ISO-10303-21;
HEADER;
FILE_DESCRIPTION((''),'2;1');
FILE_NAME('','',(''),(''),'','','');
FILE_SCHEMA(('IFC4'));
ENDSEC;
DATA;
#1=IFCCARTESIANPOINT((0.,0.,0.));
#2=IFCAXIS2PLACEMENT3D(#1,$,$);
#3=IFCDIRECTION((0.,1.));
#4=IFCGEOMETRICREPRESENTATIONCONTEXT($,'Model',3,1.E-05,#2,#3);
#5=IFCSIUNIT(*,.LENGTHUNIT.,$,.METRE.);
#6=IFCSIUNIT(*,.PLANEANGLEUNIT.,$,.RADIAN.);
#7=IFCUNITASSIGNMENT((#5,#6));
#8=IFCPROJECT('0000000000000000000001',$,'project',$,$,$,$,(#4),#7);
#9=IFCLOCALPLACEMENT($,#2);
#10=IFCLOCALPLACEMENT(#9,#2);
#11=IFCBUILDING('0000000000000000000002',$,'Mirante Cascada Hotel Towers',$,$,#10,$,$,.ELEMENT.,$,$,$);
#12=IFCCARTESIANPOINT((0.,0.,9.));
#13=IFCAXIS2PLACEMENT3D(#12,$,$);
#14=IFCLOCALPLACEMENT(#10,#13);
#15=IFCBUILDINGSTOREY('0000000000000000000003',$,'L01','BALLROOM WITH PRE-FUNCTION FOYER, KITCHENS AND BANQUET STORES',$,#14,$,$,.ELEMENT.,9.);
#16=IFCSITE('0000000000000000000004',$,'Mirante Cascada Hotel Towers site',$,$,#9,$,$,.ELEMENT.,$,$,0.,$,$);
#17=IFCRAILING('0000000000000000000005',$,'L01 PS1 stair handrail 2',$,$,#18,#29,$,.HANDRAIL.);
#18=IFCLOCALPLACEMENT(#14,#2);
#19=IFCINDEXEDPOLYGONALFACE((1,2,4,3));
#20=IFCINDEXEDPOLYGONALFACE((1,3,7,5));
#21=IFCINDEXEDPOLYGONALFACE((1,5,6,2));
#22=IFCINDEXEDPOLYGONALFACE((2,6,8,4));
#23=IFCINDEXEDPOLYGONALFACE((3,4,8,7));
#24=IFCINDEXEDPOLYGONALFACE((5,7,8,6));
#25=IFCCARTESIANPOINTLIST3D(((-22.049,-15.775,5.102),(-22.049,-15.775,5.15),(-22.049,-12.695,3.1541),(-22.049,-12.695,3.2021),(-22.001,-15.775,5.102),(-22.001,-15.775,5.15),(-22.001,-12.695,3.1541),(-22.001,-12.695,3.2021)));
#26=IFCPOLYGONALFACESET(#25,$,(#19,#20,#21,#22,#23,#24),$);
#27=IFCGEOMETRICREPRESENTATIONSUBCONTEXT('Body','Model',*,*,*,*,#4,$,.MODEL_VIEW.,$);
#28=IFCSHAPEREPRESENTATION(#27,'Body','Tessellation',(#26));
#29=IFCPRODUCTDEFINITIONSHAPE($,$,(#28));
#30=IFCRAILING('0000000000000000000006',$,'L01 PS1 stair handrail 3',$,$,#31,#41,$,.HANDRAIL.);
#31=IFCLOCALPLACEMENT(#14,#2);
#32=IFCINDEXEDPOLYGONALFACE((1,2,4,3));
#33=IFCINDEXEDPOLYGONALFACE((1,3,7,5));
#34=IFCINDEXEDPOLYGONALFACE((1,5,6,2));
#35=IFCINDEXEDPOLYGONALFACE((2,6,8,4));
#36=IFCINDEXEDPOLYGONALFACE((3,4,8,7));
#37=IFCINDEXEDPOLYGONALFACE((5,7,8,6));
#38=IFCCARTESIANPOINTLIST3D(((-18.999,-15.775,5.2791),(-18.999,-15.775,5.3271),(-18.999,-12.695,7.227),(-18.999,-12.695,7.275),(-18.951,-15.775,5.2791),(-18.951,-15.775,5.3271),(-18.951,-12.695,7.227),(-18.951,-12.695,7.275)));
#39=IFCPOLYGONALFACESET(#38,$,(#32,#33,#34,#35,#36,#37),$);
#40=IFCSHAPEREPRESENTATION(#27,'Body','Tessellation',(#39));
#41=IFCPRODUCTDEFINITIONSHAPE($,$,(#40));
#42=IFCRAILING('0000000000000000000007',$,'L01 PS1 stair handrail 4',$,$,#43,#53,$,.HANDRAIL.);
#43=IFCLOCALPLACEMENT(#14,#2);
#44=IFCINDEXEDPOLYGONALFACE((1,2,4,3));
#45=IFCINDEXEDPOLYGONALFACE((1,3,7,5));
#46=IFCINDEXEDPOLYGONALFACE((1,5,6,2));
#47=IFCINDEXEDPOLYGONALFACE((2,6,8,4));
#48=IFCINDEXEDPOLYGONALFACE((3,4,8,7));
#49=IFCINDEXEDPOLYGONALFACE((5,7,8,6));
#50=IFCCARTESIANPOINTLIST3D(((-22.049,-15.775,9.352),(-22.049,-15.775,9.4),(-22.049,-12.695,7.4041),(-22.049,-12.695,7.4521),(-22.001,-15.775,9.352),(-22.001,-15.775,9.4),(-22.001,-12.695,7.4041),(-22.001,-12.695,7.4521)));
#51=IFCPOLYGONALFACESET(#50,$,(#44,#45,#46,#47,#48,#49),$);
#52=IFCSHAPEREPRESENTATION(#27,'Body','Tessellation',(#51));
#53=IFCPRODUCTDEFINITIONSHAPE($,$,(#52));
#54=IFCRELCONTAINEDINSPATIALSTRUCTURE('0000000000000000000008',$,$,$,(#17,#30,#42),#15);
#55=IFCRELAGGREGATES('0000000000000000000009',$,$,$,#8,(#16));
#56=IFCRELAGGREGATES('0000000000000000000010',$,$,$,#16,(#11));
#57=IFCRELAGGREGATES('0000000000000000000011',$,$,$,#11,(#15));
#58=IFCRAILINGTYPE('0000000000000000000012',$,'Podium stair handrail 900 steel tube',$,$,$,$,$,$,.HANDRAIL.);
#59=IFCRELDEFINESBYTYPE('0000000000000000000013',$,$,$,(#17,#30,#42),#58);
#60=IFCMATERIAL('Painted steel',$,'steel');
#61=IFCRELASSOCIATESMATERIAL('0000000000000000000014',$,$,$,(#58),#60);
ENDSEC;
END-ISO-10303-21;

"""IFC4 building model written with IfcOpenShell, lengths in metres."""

from ifc_helpers import new_model, si_unit, direction, frame, origin, origin_2d, place, context, subcontext, project, spatial, rectangle, extrude, material, type_object, element, save


model = new_model("IFC4")

# Units and contexts
model_context = context("Model", 3, precision=1e-05, world=origin(), true_north=direction((0.0, 1.0)))
body_context = subcontext(model_context, "Body", "Model", "MODEL_VIEW")
ifc_project = project(units=[si_unit("LENGTHUNIT", "METRE"), si_unit("PLANEANGLEUNIT", "RADIAN")], contexts=[model_context])

# Site, building, storey
site_placement = place(None, origin())
site = spatial("IfcSite", under=ifc_project, at=site_placement, Name="Mirante Cascada Hotel Towers site", CompositionType="ELEMENT", RefElevation=0.0)
building_placement = place(site_placement, origin())
building = spatial("IfcBuilding", under=site, at=building_placement, Name="Mirante Cascada Hotel Towers", CompositionType="ELEMENT")
storey_placement = place(building_placement, frame((0.0, 0.0, 9.0)))
storey = spatial("IfcBuildingStorey", under=building, at=storey_placement, Name="L01", Description="BALLROOM WITH PRE-FUNCTION FOYER, KITCHENS AND BANQUET STORES", CompositionType="ELEMENT", Elevation=9.0)

# Railings
ifc_material_1 = material(Name="Painted steel", Category="steel")
railing_type_1 = type_object("IfcRailingType", Name="Podium stair handrail 900 steel tube", PredefinedType="HANDRAIL", material=ifc_material_1)
railing_1_placement = place(storey_placement, frame((-22.025, -12.695, 2.3021)))
element("IfcRailing", 1, at=railing_1_placement, inside=storey, type_object=railing_type_1, Name="L01 PS1 stair handrail 2", PredefinedType="HANDRAIL", context=body_context, shape_type="SweptSolid", body=[
    extrude(rectangle(XDim=0.048, YDim=0.048, at=origin_2d()), frame((0.0, 0.0, 0.876), z_axis=(0.0, -1.0, 0.0), x_axis=(1.0, 0.0, 0.0)), (0.0, 0.53451, 0.845162), 3.6443),
])
railing_2_placement = place(storey_placement, frame((-18.975, -15.775, 4.4271)))
element("IfcRailing", 2, at=railing_2_placement, inside=storey, type_object=railing_type_1, Name="L01 PS1 stair handrail 3", PredefinedType="HANDRAIL", context=body_context, shape_type="SweptSolid", body=[
    extrude(rectangle(XDim=0.048, YDim=0.048, at=origin_2d()), frame((0.0, 0.0, 0.876), z_axis=(0.0, 1.0, 0.0), x_axis=(-1.0, 0.0, 0.0)), (0.0, 0.53451, 0.845162), 3.6443),
])
railing_3_placement = place(storey_placement, frame((-22.025, -12.695, 6.5521)))
element("IfcRailing", 3, at=railing_3_placement, inside=storey, type_object=railing_type_1, Name="L01 PS1 stair handrail 4", PredefinedType="HANDRAIL", context=body_context, shape_type="SweptSolid", body=[
    extrude(rectangle(XDim=0.048, YDim=0.048, at=origin_2d()), frame((0.0, 0.0, 0.876), z_axis=(0.0, -1.0, 0.0), x_axis=(1.0, 0.0, 0.0)), (0.0, 0.53451, 0.845162), 3.6443),
])

save(model, "model.ifc")
